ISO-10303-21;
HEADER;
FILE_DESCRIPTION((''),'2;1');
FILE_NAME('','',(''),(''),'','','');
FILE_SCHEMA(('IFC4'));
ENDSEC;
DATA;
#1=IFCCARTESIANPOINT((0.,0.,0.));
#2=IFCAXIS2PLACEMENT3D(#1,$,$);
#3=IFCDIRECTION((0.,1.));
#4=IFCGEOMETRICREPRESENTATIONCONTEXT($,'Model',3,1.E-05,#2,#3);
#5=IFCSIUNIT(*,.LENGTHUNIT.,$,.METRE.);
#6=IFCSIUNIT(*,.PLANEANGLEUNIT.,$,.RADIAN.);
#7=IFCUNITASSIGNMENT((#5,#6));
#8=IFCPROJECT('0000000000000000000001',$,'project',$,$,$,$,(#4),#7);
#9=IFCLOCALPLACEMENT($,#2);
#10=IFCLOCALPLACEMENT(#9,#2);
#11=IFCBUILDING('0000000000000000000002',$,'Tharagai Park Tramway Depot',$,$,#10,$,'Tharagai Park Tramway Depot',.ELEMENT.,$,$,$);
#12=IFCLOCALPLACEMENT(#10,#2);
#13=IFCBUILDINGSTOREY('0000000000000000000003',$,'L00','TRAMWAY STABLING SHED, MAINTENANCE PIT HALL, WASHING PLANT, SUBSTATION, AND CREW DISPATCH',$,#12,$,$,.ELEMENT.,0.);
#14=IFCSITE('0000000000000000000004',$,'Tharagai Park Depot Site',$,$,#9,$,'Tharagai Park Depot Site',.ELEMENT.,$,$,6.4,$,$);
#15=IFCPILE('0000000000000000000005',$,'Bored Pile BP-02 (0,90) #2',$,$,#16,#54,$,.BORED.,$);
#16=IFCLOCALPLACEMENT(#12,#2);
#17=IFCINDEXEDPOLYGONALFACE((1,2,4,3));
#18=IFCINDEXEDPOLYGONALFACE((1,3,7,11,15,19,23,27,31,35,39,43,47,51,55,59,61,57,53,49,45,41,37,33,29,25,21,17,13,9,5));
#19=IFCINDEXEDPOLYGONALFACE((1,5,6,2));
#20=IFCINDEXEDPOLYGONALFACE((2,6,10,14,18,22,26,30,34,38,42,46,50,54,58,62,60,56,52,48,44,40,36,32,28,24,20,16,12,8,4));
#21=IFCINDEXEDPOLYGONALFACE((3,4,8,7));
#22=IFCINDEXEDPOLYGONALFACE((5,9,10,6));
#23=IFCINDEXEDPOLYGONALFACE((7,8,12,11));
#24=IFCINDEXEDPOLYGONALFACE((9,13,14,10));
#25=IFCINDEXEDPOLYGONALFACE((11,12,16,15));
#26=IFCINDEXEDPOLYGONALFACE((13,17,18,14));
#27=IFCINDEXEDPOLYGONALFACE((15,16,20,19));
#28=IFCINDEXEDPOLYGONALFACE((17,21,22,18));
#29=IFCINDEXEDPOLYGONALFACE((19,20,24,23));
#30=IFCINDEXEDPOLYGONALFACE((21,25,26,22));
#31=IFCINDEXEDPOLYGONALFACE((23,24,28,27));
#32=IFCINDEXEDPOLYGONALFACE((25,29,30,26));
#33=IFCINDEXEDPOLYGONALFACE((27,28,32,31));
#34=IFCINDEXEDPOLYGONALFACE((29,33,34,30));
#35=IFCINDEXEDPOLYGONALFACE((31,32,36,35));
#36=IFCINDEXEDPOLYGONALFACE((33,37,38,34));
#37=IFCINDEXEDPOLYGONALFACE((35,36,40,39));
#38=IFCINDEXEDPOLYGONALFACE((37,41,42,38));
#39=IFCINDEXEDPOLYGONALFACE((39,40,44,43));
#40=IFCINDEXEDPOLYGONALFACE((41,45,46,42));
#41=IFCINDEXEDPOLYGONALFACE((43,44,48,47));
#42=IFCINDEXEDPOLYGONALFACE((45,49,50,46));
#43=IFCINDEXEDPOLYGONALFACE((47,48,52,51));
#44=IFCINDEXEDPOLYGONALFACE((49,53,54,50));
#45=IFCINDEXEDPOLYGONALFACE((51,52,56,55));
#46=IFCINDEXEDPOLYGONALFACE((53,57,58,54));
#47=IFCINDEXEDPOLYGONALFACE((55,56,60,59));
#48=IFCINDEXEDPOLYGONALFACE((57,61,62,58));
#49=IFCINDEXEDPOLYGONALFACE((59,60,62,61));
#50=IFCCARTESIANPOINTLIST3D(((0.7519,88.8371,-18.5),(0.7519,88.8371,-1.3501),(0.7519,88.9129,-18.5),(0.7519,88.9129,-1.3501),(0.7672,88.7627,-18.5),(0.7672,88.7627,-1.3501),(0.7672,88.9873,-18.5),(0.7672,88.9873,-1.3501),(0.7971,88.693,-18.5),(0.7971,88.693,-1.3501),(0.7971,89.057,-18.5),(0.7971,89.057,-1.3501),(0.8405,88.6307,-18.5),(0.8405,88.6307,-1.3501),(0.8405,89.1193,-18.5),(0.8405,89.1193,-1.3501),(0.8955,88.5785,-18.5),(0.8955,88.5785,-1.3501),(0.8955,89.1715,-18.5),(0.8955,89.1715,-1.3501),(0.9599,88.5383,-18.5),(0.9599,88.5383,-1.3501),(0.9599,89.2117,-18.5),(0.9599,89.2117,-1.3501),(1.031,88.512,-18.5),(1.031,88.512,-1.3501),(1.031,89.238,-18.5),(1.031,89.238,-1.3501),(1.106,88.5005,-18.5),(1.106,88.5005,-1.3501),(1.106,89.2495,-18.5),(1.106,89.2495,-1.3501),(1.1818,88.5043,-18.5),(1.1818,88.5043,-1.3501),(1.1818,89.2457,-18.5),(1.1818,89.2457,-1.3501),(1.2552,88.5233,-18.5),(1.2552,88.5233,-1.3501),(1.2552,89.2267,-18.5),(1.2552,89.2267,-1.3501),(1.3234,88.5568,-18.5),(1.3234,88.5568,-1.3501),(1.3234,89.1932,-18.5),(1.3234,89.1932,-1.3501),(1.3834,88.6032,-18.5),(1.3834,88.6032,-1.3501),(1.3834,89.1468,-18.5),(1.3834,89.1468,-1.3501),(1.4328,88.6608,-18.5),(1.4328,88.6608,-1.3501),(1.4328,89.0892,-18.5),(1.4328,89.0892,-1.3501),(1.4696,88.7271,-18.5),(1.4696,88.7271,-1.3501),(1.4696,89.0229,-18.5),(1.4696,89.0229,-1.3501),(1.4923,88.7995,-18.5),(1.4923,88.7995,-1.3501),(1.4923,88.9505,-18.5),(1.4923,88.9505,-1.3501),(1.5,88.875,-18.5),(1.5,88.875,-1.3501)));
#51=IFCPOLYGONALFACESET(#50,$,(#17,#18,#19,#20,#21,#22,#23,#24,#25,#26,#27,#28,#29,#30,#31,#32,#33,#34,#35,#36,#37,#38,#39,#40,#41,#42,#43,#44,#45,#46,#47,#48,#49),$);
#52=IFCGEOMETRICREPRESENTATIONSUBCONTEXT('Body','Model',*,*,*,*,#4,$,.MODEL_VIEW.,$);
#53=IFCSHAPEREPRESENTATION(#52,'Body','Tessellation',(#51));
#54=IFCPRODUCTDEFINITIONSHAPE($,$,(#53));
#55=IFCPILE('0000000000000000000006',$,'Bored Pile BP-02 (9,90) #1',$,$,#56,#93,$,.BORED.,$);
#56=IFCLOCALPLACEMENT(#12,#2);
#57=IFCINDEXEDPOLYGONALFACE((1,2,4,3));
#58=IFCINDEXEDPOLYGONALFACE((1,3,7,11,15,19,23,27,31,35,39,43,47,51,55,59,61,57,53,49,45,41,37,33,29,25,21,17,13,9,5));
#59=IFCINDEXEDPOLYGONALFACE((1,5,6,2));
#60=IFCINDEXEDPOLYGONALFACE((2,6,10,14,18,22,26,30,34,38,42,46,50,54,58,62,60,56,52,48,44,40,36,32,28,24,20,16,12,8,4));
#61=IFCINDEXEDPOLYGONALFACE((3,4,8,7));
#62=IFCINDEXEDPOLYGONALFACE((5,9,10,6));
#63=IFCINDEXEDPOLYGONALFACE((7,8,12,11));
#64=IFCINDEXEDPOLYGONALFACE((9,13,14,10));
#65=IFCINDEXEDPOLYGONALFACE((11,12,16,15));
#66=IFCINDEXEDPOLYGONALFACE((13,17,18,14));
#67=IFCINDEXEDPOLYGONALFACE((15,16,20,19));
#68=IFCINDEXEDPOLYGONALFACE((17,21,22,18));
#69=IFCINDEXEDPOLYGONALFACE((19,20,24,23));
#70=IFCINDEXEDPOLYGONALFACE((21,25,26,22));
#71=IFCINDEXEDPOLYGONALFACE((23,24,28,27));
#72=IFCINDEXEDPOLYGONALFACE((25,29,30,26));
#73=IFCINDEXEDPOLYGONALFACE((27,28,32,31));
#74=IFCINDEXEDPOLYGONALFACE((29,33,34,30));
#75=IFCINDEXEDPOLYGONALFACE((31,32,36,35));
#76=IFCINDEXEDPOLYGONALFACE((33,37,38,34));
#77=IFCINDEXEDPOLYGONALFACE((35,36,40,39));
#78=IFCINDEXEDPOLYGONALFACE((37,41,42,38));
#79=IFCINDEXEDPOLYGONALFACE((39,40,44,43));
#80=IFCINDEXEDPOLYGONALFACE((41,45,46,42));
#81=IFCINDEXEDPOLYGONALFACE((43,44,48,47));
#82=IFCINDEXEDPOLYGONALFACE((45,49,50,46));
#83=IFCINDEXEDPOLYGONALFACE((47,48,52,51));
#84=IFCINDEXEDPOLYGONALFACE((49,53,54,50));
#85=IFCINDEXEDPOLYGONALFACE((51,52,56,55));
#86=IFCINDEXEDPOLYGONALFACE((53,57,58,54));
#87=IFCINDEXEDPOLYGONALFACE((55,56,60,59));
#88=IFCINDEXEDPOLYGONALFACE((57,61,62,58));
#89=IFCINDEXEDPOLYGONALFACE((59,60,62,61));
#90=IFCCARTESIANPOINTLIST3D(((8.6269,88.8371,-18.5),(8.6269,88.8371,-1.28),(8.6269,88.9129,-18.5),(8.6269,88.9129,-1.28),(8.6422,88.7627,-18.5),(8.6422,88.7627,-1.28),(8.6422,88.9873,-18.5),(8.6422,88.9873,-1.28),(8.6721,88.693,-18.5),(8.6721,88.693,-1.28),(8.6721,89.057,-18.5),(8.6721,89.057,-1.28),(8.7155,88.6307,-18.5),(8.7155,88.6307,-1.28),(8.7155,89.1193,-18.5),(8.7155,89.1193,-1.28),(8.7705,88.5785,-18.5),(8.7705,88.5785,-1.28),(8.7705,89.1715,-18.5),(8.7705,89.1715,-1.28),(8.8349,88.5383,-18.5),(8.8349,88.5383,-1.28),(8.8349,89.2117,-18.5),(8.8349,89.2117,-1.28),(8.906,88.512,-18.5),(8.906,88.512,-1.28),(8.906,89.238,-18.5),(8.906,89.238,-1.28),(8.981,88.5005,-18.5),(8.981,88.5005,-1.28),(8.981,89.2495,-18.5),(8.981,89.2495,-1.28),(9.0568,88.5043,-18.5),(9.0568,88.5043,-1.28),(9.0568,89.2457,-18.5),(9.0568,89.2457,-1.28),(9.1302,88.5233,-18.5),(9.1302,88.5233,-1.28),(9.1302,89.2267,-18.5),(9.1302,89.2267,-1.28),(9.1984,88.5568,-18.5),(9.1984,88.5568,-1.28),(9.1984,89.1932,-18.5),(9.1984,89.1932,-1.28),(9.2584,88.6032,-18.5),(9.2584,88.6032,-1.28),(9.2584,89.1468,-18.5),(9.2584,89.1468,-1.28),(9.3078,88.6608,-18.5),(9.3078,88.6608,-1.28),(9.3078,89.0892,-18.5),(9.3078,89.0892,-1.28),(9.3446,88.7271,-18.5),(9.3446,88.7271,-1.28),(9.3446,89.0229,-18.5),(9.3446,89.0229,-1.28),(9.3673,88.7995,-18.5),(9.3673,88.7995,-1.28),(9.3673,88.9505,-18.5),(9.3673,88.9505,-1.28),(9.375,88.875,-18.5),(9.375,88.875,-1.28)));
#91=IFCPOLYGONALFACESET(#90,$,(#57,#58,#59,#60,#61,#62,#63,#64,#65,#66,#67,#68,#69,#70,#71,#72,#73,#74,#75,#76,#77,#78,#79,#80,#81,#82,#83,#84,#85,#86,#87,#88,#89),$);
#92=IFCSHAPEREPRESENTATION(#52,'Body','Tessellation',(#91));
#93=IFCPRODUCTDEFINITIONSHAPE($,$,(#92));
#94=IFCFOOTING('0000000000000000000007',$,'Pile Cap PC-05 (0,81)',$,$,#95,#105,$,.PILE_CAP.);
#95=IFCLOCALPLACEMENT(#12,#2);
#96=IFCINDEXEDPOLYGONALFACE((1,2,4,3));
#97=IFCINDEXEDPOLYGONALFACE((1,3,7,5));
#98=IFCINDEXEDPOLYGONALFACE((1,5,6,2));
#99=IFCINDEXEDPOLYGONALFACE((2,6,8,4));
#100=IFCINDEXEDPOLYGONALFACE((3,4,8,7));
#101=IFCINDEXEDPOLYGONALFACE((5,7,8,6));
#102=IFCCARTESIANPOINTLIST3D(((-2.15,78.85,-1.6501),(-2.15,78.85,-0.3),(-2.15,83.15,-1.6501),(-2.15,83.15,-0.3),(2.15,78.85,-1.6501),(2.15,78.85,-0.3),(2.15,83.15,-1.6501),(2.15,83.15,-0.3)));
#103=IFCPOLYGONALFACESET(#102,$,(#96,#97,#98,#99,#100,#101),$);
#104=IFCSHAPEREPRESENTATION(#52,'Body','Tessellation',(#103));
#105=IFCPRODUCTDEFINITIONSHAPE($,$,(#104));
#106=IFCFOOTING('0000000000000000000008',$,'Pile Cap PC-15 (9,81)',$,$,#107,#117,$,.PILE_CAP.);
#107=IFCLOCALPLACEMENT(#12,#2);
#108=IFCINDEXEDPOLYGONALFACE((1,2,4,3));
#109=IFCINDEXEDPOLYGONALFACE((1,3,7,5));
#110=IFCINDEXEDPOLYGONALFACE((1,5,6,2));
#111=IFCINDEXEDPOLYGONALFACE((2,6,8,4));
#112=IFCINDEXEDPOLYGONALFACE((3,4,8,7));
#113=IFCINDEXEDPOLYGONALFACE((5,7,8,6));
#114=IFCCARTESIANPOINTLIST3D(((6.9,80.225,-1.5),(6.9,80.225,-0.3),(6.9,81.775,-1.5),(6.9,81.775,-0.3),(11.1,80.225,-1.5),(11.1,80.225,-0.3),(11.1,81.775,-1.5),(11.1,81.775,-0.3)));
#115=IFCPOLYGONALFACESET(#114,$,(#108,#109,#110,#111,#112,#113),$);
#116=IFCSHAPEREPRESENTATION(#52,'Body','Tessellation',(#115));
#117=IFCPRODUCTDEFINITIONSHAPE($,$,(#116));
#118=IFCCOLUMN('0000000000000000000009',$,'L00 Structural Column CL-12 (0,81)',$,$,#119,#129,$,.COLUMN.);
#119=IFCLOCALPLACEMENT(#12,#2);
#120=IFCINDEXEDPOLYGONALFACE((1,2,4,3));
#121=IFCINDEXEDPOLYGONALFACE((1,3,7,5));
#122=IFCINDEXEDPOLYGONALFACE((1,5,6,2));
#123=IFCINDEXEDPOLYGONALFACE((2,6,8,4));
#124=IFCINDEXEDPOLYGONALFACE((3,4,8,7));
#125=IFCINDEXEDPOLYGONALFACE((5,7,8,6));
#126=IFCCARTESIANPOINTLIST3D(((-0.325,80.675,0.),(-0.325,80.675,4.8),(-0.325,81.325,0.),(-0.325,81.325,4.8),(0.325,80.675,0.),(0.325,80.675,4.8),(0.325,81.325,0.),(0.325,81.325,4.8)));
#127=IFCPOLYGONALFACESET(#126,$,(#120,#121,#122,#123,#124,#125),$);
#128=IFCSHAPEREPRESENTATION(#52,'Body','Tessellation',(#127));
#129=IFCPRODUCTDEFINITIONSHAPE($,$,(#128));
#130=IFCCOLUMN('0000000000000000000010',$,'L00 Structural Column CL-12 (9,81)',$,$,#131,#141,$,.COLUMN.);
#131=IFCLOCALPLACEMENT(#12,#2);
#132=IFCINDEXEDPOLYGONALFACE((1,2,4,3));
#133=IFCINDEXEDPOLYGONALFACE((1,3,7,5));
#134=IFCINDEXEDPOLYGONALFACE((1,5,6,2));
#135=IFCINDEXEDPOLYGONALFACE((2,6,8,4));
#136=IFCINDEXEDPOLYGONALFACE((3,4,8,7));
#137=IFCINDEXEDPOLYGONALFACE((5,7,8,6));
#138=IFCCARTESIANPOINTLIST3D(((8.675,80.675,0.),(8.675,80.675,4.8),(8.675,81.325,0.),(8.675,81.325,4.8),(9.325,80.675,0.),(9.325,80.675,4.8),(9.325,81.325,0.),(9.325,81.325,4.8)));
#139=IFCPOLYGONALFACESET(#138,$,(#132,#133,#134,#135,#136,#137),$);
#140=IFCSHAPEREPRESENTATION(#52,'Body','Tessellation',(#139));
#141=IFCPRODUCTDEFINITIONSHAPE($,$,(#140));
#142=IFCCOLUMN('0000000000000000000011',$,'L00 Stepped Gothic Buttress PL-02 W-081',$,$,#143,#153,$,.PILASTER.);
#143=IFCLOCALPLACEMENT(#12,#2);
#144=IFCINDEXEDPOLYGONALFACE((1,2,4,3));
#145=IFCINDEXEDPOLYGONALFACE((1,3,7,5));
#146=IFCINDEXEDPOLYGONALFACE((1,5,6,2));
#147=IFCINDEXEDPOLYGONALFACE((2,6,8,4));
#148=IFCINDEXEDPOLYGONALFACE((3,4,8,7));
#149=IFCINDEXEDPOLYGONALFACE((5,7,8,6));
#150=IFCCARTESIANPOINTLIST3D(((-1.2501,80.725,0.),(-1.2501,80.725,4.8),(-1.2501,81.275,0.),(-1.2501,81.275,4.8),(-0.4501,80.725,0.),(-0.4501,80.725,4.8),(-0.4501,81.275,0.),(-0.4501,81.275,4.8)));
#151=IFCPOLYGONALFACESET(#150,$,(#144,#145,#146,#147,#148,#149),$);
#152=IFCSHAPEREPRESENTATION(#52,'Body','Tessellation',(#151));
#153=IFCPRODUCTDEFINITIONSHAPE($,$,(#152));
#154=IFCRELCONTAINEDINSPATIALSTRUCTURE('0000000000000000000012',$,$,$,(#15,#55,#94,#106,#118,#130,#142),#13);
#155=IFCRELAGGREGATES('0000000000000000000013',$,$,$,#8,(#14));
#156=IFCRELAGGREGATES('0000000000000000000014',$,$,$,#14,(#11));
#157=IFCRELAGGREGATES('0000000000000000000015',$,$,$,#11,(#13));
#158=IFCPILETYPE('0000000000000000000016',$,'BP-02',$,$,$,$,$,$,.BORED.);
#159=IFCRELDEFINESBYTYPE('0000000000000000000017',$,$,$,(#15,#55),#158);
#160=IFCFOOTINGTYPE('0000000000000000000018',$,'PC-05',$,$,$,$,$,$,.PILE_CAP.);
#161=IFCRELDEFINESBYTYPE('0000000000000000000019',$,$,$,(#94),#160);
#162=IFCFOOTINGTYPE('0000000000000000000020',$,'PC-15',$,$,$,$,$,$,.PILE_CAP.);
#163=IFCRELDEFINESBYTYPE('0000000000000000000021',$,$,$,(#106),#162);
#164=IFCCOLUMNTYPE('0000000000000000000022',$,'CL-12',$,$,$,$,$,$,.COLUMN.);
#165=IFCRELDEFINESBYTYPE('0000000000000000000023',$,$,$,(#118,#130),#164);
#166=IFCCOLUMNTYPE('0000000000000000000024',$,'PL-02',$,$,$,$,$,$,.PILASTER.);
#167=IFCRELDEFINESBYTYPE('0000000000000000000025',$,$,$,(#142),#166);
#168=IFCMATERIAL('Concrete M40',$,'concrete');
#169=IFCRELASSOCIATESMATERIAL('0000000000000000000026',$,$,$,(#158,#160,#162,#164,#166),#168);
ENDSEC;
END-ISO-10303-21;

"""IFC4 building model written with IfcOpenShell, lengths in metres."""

from ifc_helpers import new_model, si_unit, direction, frame, origin, origin_2d, place, context, subcontext, project, spatial, rectangle, circle, extrude, material, material_profile, profile_set, type_object, element, save


model = new_model("IFC4")

# Units and contexts
model_context = context("Model", 3, precision=1e-05, world=origin(), true_north=direction((0.0, 1.0)))
body_context = subcontext(model_context, "Body", "Model", "MODEL_VIEW")
ifc_project = project(units=[si_unit("LENGTHUNIT", "METRE"), si_unit("PLANEANGLEUNIT", "RADIAN")], contexts=[model_context])

# Site, building, storey
site_placement = place(None, origin())
site = spatial("IfcSite", under=ifc_project, at=site_placement, Name="Tharagai Park Depot Site", LongName="Tharagai Park Depot Site", CompositionType="ELEMENT", RefElevation=6.4)
building_placement = place(site_placement, origin())
building = spatial("IfcBuilding", under=site, at=building_placement, Name="Tharagai Park Tramway Depot", LongName="Tharagai Park Tramway Depot", CompositionType="ELEMENT")
storey_placement = place(building_placement, origin())
storey = spatial("IfcBuildingStorey", under=building, at=storey_placement, Name="L00", Description="TRAMWAY STABLING SHED, MAINTENANCE PIT HALL, WASHING PLANT, SUBSTATION, AND CREW DISPATCH", CompositionType="ELEMENT", Elevation=0.0)

# Piles
ifc_material_1 = material(Name="Concrete M40", Category="concrete")
ifc_material_profile_1 = material_profile(ifc_material_1, circle(Radius=0.375, at=origin_2d()), Name="PILE D750")
ifc_profile_set_1 = profile_set([ifc_material_profile_1], Name="Concrete M40")
pile_type_1 = type_object("IfcPileType", Name="BP-02", PredefinedType="BORED", material=ifc_profile_set_1)
for number, where, z_axis, x_axis, name in (
    (1, (1.125, 88.875, -1.3501), (0.0, 0.0, -1.0), (1.0, 0.0, 0.0), "Bored Pile BP-02 (0,90) #2"),
):
    element("IfcPile", number, at=place(storey_placement, frame(where, z_axis=z_axis, x_axis=x_axis)), inside=storey, type_object=pile_type_1, Name=name, PredefinedType="BORED", context=body_context, shape_type="SweptSolid", body=[
        extrude(circle(Radius=0.375, at=origin_2d()), origin(), (0.0, 0.0, 1.0), 17.1499),
    ])
pile_1_placement = place(storey_placement, frame((9.0, 88.875, -1.28), z_axis=(0.0, 0.0, -1.0), x_axis=(1.0, 0.0, 0.0)))
element("IfcPile", 2, at=pile_1_placement, inside=storey, type_object=pile_type_1, Name="Bored Pile BP-02 (9,90) #1", PredefinedType="BORED", context=body_context, shape_type="SweptSolid", body=[
    extrude(circle(Radius=0.375, at=origin_2d()), origin(), (0.0, 0.0, 1.0), 17.22),
])

# Footings
footing_type_1 = type_object("IfcFootingType", Name="PC-05", PredefinedType="PILE_CAP", material=ifc_material_1)
footing_1_placement = place(storey_placement, frame((0.0, 81.0, -1.6501), z_axis=(0.0, 0.0, 1.0), x_axis=(1.0, 0.0, 0.0)))
element("IfcFooting", 3, at=footing_1_placement, inside=storey, type_object=footing_type_1, Name="Pile Cap PC-05 (0,81)", PredefinedType="PILE_CAP", context=body_context, shape_type="SweptSolid", body=[
    extrude(rectangle(XDim=4.3, YDim=4.3, at=origin_2d()), origin(), (0.0, 0.0, 1.0), 1.3501),
])
footing_type_2 = type_object("IfcFootingType", Name="PC-15", PredefinedType="PILE_CAP", material=ifc_material_1)
footing_2_placement = place(storey_placement, frame((9.0, 81.0, -1.5), z_axis=(0.0, 0.0, 1.0), x_axis=(1.0, 0.0, 0.0)))
element("IfcFooting", 4, at=footing_2_placement, inside=storey, type_object=footing_type_2, Name="Pile Cap PC-15 (9,81)", PredefinedType="PILE_CAP", context=body_context, shape_type="SweptSolid", body=[
    extrude(rectangle(XDim=4.2, YDim=1.55, at=origin_2d()), origin(), (0.0, 0.0, 1.0), 1.2),
])

# Columns
ifc_material_profile_2 = material_profile(ifc_material_1, rectangle(XDim=0.6499, YDim=0.6499, at=origin_2d()), Name="RC 650x650")
ifc_profile_set_2 = profile_set([ifc_material_profile_2], Name="Concrete M40")
column_type_1 = type_object("IfcColumnType", Name="CL-12", PredefinedType="COLUMN", material=ifc_profile_set_2)
for number, where, z_axis, x_axis, name in (
    (5, (0.0, 81.0, 0.0), (0.0, 0.0, 1.0), (1.0, 0.0, 0.0), "L00 Structural Column CL-12 (0,81)"),
    (6, (9.0, 81.0, 0.0), (0.0, 0.0, 1.0), (1.0, 0.0, 0.0), "L00 Structural Column CL-12 (9,81)"),
):
    element("IfcColumn", number, at=place(storey_placement, frame(where, z_axis=z_axis, x_axis=x_axis)), inside=storey, type_object=column_type_1, Name=name, PredefinedType="COLUMN", context=body_context, shape_type="SweptSolid", body=[
        extrude(rectangle(XDim=0.6499, YDim=0.6499, at=origin_2d()), origin(), (0.0, 0.0, 1.0), 4.8),
    ])
ifc_material_profile_3 = material_profile(ifc_material_1, rectangle(XDim=0.55, YDim=0.8, at=origin_2d()), Name="RC 550x800")
ifc_profile_set_3 = profile_set([ifc_material_profile_3], Name="Concrete M40")
column_type_2 = type_object("IfcColumnType", Name="PL-02", PredefinedType="PILASTER", material=ifc_profile_set_3)
column_placement = place(storey_placement, frame((-0.8501, 81.0, 0.0), z_axis=(0.0, 0.0, 1.0), x_axis=(0.0, 1.0, 0.0)))
element("IfcColumn", 7, at=column_placement, inside=storey, type_object=column_type_2, Name="L00 Stepped Gothic Buttress PL-02 W-081", PredefinedType="PILASTER", context=body_context, shape_type="SweptSolid", body=[
    extrude(rectangle(XDim=0.55, YDim=0.8, at=origin_2d()), origin(), (0.0, 0.0, 1.0), 4.8),
])

save(model, "model.ifc")
